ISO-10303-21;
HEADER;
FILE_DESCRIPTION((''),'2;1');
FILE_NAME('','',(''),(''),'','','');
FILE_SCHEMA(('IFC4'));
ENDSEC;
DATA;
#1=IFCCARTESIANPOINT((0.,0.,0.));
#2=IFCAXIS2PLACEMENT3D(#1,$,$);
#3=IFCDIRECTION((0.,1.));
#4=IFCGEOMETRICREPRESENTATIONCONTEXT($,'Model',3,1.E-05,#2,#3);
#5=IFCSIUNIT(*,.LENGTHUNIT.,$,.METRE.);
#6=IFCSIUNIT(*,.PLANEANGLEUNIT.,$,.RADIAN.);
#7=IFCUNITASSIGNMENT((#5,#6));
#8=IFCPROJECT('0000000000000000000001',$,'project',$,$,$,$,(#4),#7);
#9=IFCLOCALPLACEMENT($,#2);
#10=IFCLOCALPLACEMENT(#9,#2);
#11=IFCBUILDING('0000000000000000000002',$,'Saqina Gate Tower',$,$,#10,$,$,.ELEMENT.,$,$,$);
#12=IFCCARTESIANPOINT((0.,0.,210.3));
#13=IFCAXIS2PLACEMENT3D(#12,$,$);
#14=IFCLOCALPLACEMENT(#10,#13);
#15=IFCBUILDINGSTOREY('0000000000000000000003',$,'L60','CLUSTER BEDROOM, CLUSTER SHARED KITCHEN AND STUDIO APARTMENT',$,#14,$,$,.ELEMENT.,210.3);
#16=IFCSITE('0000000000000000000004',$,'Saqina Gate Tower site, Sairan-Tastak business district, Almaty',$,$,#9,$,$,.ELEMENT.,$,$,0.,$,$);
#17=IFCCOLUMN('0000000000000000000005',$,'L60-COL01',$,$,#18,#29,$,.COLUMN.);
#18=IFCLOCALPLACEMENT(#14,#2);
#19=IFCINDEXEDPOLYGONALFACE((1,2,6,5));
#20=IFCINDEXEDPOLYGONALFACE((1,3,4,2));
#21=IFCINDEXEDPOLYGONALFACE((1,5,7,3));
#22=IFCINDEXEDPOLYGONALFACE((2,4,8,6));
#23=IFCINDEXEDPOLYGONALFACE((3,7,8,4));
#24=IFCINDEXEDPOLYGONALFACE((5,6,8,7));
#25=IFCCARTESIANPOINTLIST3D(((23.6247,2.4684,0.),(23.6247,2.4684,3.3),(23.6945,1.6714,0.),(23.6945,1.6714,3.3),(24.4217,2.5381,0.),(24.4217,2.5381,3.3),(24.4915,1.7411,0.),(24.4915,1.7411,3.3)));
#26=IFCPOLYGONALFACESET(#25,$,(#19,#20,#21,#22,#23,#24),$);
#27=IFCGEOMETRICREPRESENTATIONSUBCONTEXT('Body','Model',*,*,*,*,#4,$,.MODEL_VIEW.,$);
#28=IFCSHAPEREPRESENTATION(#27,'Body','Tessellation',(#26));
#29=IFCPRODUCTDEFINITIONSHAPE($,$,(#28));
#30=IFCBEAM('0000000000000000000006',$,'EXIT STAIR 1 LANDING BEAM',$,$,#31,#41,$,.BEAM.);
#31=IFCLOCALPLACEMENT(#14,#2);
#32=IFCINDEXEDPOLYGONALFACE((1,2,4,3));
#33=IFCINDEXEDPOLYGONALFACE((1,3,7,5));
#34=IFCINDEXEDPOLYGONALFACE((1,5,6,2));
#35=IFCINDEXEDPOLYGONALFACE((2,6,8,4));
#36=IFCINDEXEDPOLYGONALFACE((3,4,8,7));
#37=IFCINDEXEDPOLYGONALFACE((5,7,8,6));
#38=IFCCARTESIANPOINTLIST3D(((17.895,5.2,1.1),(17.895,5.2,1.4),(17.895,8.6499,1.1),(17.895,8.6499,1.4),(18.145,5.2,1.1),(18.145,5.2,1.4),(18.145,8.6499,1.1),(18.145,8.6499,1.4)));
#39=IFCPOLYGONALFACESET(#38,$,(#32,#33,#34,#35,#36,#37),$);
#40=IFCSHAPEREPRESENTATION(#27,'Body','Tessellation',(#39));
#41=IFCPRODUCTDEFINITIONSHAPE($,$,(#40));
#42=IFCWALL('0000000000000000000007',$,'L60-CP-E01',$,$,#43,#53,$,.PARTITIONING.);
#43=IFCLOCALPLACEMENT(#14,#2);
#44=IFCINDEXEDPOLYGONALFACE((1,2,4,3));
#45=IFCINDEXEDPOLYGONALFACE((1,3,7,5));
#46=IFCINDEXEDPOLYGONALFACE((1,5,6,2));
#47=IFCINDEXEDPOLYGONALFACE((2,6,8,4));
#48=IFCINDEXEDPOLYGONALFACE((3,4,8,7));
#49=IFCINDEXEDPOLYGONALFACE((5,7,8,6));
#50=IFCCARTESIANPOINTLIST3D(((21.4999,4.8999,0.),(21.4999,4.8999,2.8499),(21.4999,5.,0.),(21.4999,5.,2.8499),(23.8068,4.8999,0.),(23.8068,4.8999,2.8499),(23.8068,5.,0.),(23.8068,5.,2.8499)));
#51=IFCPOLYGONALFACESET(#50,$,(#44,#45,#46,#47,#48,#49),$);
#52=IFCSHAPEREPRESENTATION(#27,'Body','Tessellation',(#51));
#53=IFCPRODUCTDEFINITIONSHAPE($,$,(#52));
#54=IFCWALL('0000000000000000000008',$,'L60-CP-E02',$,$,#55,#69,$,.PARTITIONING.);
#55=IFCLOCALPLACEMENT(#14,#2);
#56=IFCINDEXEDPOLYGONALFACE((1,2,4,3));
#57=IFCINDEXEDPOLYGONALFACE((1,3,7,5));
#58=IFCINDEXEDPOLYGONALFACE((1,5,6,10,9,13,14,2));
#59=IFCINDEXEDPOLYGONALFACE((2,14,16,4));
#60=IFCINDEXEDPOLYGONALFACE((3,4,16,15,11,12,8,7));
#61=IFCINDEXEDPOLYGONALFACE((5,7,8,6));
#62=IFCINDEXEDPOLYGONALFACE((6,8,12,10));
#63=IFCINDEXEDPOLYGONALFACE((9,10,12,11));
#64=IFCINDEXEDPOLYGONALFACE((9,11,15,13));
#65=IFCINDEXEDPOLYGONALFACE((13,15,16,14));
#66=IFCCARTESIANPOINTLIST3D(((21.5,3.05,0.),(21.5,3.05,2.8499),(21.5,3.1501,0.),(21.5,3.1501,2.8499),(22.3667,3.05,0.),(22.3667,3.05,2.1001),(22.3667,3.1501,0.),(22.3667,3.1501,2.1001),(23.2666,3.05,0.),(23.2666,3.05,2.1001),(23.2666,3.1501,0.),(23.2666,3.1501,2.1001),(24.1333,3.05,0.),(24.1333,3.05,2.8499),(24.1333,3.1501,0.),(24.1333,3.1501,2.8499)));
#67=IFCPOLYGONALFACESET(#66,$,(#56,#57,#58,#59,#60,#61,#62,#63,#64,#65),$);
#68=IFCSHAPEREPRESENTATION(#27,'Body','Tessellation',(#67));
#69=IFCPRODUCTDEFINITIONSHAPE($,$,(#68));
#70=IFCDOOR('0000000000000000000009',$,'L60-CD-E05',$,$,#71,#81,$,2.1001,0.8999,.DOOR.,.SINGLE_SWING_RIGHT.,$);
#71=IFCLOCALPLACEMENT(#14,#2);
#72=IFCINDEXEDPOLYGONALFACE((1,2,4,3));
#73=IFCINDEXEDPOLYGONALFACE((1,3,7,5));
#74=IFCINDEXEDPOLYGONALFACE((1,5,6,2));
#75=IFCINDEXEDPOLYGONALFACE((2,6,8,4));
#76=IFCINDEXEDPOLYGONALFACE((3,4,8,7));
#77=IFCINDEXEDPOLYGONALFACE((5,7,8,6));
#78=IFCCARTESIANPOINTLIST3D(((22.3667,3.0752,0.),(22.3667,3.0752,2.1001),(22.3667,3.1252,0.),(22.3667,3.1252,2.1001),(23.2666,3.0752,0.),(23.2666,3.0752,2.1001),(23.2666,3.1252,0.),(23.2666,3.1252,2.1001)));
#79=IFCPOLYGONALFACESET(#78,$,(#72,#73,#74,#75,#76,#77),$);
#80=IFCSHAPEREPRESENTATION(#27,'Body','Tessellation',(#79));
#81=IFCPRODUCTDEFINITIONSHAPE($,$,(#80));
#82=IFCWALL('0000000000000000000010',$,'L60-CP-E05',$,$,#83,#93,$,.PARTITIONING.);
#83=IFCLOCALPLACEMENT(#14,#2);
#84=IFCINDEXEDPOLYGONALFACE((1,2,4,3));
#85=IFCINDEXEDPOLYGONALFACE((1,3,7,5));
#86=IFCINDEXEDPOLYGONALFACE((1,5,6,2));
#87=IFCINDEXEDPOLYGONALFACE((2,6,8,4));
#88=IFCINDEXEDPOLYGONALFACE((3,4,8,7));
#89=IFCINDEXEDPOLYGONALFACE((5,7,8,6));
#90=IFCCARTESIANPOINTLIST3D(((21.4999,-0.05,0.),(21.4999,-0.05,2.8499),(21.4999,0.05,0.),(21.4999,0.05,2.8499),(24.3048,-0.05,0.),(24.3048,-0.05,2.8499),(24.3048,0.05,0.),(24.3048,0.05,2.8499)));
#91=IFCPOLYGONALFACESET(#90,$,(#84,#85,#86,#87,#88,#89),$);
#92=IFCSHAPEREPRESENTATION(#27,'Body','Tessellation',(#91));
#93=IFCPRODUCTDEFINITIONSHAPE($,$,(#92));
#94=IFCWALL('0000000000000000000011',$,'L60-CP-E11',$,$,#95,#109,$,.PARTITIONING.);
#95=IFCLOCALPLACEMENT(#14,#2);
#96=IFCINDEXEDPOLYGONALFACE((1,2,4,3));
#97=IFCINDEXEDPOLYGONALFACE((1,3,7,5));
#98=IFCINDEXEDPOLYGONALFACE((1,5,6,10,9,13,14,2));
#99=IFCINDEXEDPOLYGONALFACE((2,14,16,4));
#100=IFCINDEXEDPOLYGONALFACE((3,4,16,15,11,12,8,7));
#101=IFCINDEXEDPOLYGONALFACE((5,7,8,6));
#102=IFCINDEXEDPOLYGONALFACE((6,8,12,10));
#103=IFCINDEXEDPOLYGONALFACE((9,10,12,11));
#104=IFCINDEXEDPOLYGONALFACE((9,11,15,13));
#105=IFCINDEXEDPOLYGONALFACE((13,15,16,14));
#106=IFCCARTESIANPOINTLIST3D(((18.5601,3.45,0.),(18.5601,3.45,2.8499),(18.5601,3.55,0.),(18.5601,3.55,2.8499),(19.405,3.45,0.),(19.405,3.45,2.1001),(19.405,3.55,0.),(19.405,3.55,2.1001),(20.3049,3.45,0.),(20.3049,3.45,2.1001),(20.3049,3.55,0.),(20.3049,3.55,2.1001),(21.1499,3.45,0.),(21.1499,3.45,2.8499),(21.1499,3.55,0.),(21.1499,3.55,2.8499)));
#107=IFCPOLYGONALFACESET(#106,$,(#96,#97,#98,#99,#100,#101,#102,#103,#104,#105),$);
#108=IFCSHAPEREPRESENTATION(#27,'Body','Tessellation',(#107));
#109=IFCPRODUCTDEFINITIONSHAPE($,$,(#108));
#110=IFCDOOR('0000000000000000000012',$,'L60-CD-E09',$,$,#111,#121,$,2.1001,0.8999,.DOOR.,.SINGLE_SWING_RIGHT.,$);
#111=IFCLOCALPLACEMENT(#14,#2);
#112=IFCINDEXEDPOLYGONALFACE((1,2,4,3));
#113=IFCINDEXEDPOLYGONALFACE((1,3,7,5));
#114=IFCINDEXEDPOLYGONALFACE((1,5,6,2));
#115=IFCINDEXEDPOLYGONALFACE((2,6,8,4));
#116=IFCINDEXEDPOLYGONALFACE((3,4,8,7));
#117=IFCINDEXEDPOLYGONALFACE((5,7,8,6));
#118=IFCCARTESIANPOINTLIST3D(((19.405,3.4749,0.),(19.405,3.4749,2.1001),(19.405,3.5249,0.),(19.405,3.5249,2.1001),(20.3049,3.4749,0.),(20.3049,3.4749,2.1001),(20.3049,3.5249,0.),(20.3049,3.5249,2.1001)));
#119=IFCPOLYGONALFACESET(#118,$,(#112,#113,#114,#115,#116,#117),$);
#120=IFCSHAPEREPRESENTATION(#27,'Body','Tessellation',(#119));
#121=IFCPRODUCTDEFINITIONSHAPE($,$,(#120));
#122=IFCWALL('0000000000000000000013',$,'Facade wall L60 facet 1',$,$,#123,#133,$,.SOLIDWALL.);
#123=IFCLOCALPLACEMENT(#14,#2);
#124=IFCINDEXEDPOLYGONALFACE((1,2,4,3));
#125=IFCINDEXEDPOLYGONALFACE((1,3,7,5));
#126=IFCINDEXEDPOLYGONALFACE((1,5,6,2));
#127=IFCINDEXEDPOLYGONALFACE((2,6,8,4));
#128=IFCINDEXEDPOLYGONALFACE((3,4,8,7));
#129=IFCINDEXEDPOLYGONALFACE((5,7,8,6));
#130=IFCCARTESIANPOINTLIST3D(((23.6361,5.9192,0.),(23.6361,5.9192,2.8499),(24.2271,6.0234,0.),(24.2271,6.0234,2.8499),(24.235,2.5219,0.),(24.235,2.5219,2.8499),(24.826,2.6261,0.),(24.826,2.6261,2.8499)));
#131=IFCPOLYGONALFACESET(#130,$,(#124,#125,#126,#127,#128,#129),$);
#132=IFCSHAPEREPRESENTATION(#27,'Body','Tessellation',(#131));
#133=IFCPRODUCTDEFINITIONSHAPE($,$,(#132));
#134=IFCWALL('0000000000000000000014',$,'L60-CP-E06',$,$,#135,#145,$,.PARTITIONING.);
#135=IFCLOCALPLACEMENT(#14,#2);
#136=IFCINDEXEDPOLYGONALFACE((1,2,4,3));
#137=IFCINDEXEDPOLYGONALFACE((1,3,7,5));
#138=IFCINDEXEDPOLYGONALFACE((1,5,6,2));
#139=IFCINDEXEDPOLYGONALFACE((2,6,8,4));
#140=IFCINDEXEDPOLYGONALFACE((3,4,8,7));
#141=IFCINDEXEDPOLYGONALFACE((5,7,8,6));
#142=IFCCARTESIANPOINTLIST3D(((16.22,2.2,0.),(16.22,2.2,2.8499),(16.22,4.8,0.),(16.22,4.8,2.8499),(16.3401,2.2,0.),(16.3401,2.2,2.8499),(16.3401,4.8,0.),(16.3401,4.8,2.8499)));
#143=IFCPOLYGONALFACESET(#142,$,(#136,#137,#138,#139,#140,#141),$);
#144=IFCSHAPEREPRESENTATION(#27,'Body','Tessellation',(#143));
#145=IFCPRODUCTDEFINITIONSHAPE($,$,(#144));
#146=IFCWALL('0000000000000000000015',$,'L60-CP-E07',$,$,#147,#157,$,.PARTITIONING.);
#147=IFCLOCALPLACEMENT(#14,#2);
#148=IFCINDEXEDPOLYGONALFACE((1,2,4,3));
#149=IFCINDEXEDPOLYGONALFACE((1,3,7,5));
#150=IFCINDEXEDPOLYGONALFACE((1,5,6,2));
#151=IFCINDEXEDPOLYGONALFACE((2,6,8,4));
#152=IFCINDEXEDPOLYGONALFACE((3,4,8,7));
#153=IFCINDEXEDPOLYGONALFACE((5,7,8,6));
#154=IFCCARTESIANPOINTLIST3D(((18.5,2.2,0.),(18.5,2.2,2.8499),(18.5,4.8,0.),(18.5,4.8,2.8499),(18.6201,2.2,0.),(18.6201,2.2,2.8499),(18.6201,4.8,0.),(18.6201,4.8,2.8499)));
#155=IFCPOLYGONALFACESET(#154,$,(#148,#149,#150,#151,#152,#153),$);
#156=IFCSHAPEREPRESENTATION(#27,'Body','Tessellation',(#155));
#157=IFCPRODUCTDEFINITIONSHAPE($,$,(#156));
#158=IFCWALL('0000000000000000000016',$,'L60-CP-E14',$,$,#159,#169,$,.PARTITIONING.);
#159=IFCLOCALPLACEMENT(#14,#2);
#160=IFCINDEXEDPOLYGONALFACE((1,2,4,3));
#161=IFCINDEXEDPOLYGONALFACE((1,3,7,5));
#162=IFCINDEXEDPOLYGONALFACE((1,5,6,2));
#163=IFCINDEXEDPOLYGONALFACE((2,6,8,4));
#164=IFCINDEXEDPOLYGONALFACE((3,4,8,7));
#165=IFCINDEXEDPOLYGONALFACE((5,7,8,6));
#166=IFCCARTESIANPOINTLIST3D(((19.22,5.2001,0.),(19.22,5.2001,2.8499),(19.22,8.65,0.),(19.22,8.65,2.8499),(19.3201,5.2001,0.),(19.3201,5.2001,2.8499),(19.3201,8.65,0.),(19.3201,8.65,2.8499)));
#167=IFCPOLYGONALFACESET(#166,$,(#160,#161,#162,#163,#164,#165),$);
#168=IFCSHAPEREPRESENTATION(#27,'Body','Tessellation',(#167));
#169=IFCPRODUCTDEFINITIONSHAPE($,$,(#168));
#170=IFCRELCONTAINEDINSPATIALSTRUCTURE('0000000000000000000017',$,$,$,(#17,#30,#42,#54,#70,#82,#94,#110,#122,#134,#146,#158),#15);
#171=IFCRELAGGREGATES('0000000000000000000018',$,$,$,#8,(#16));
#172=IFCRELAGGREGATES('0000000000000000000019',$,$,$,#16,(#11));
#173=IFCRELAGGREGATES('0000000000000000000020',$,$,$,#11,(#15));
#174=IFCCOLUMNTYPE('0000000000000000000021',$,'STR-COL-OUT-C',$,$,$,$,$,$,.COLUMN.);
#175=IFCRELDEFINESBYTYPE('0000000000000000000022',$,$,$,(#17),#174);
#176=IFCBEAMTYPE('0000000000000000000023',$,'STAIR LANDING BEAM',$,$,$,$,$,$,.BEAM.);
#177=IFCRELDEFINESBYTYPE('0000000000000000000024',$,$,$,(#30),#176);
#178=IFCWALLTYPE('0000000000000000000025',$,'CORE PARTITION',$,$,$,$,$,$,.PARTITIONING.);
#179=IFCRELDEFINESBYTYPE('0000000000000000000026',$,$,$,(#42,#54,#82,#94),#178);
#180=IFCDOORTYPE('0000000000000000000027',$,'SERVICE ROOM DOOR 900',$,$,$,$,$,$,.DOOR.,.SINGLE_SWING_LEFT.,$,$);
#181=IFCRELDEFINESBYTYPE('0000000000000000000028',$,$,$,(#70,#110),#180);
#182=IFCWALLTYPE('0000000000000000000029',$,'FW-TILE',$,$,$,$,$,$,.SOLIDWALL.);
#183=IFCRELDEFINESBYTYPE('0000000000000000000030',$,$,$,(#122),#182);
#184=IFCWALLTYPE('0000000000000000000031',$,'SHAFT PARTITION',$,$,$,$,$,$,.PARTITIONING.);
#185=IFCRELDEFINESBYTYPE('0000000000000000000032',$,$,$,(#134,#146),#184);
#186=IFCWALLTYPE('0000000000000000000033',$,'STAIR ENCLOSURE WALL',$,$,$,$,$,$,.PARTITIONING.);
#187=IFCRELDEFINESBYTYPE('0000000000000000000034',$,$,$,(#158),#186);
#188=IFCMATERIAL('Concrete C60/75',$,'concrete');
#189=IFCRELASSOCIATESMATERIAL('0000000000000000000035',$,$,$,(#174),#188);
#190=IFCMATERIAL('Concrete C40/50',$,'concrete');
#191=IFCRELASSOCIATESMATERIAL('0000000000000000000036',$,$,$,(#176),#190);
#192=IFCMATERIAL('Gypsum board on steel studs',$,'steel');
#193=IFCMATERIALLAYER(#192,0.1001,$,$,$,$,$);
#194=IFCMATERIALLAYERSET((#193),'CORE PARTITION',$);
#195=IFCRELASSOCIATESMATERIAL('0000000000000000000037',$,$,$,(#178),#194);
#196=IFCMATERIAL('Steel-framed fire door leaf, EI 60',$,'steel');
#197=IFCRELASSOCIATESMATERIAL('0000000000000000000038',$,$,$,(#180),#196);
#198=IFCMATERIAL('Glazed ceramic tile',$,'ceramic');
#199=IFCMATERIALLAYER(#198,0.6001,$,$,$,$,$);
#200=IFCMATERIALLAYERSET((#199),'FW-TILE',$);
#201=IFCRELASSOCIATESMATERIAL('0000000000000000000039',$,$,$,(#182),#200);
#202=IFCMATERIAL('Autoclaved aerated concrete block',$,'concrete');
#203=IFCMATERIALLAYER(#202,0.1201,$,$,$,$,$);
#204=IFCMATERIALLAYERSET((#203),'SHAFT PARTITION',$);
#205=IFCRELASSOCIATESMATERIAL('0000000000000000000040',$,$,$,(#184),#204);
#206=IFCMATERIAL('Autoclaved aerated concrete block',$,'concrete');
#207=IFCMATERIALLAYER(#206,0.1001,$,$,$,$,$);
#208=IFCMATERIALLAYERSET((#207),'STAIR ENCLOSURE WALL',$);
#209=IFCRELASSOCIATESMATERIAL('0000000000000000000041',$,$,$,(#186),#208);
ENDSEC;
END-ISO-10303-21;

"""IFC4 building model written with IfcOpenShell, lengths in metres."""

from ifc_helpers import new_model, si_unit, direction, frame, frame_2d, origin, origin_2d, place, context, subcontext, project, spatial, rectangle, extrude, material, layer, layer_set, material_profile, profile_set, type_object, element, fill, save


model = new_model("IFC4")

# Units and contexts
model_context = context("Model", 3, precision=1e-05, world=origin(), true_north=direction((0.0, 1.0)))
body_context = subcontext(model_context, "Body", "Model", "MODEL_VIEW")
ifc_project = project(units=[si_unit("LENGTHUNIT", "METRE"), si_unit("PLANEANGLEUNIT", "RADIAN")], contexts=[model_context])

# Site, building, storey
site_placement = place(None, origin())
site = spatial("IfcSite", under=ifc_project, at=site_placement, Name="Saqina Gate Tower site, Sairan-Tastak business district, Almaty", CompositionType="ELEMENT", RefElevation=0.0)
building_placement = place(site_placement, origin())
building = spatial("IfcBuilding", under=site, at=building_placement, Name="Saqina Gate Tower", CompositionType="ELEMENT")
storey_placement = place(building_placement, frame((0.0, 0.0, 210.3)))
storey = spatial("IfcBuildingStorey", under=building, at=storey_placement, Name="L60", Description="CLUSTER BEDROOM, CLUSTER SHARED KITCHEN AND STUDIO APARTMENT", CompositionType="ELEMENT", Elevation=210.3)

# Column
ifc_material_1 = material(Name="Concrete C60/75", Category="concrete")
ifc_material_profile_1 = material_profile(ifc_material_1, rectangle(XDim=0.8, YDim=0.8, at=origin_2d()), Name="RC 800x800")
ifc_profile_set_1 = profile_set([ifc_material_profile_1], Name="Concrete C60/75")
column_type = type_object("IfcColumnType", Name="STR-COL-OUT-C", PredefinedType="COLUMN", material=ifc_profile_set_1)
column_placement = place(storey_placement, frame((24.0581, 2.1047, 0.0), z_axis=(0.0, 0.0, 1.0), x_axis=(0.996195, 0.087156, 0.0)))
element("IfcColumn", 1, at=column_placement, inside=storey, type_object=column_type, Name="L60-COL01", PredefinedType="COLUMN", context=body_context, shape_type="SweptSolid", body=[
    extrude(rectangle(XDim=0.8, YDim=0.8, at=origin_2d()), origin(), (0.0, 0.0, 1.0), 3.3),
])

# Beam
ifc_material_2 = material(Name="Concrete C40/50", Category="concrete")
ifc_material_profile_2 = material_profile(ifc_material_2, rectangle(XDim=0.25, YDim=0.3, at=origin_2d()), Name="STAIR LANDING BEAM")
ifc_profile_set_2 = profile_set([ifc_material_profile_2], Name="Concrete C40/50")
beam_type = type_object("IfcBeamType", Name="STAIR LANDING BEAM", PredefinedType="BEAM", material=ifc_profile_set_2)
beam_placement = place(storey_placement, frame((18.02, 5.2, 1.25), z_axis=(0.0, 1.0, 0.0), x_axis=(-1.0, 0.0, 0.0)))
element("IfcBeam", 2, at=beam_placement, inside=storey, type_object=beam_type, Name="EXIT STAIR 1 LANDING BEAM", PredefinedType="BEAM", context=body_context, shape_type="SweptSolid", body=[
    extrude(rectangle(XDim=0.25, YDim=0.3, at=origin_2d()), origin(), (0.0, 0.0, 1.0), 3.45),
])

# Wall
ifc_material_3 = material(Name="Gypsum board on steel studs", Category="steel")
ifc_layer_1 = layer(ifc_material_3, 0.1001)
ifc_layer_set_1 = layer_set([ifc_layer_1], Name="CORE PARTITION")
wall_type_1 = type_object("IfcWallType", Name="CORE PARTITION", PredefinedType="PARTITIONING", material=ifc_layer_set_1)
wall_1_placement = place(storey_placement, frame((21.5, 4.95, 0.0), z_axis=(0.0, 0.0, 1.0), x_axis=(1.0, 0.0, 0.0)))
element("IfcWall", 3, at=wall_1_placement, inside=storey, type_object=wall_type_1, Name="L60-CP-E01", PredefinedType="PARTITIONING", context=body_context, shape_type="SweptSolid", body=[
    extrude(rectangle(XDim=2.3069, YDim=0.1001, at=frame_2d((1.1533, 0.0))), origin(), (0.0, 0.0, 1.0), 2.8499),
])

# Wall, opening, door
wall_2_placement = place(storey_placement, frame((21.5, 3.1001, 0.0), z_axis=(0.0, 0.0, 1.0), x_axis=(1.0, 0.0, 0.0)))
wall_2 = element("IfcWall", 4, at=wall_2_placement, inside=storey, type_object=wall_type_1, Name="L60-CP-E02", PredefinedType="PARTITIONING", context=body_context, shape_type="SweptSolid", body=[
    extrude(rectangle(XDim=2.6333, YDim=0.1001, at=frame_2d((1.3167, 0.0))), origin(), (0.0, 0.0, 1.0), 2.8499),
])
opening_1_placement = place(wall_2_placement, frame((0.8667, 0.0, 0.0)))
opening_1 = element("IfcOpeningElement", 5, at=opening_1_placement, cuts=wall_2, PredefinedType="OPENING", context=body_context, shape_type="SweptSolid", body=[
    extrude(rectangle(XDim=0.8999, YDim=2.1001, at=frame_2d((0.45, 1.05))), frame((0.0, 0.062, 0.0), z_axis=(0.0, -1.0, 0.0), x_axis=(1.0, 0.0, 0.0)), (0.0, 0.0, 1.0), 0.124),
])
ifc_material_4 = material(Name="Steel-framed fire door leaf, EI 60", Category="steel")
door_type_1 = type_object("IfcDoorType", Name="SERVICE ROOM DOOR 900", OperationType="SINGLE_SWING_LEFT", PredefinedType="DOOR", material=ifc_material_4)
door_1_placement = place(opening_1_placement, frame((0.8999, 0.0, 0.0), z_axis=(0.0, 0.0, 1.0), x_axis=(-1.0, 0.0, 0.0)))
door_1 = element("IfcDoor", 6, at=door_1_placement, inside=storey, type_object=door_type_1, Name="L60-CD-E05", OperationType="SINGLE_SWING_RIGHT", OverallHeight=2.1001, OverallWidth=0.8999, PredefinedType="DOOR", context=body_context, shape_type="SweptSolid", body=[
    extrude(rectangle(XDim=0.8999, YDim=2.1001, at=frame_2d((0.45, 1.05))), frame((0.0, 0.0249, 0.0), z_axis=(0.0, -1.0, 0.0), x_axis=(1.0, 0.0, 0.0)), (0.0, 0.0, 1.0), 0.05),
])
fill(opening_1, door_1)

# Wall
wall_3_placement = place(storey_placement, frame((21.5, 0.0, 0.0), z_axis=(0.0, 0.0, 1.0), x_axis=(1.0, 0.0, 0.0)))
element("IfcWall", 7, at=wall_3_placement, inside=storey, type_object=wall_type_1, Name="L60-CP-E05", PredefinedType="PARTITIONING", context=body_context, shape_type="SweptSolid", body=[
    extrude(rectangle(XDim=2.8049, YDim=0.1001, at=frame_2d((1.4023, 0.0))), origin(), (0.0, 0.0, 1.0), 2.8499),
])

# Wall, opening, door
wall_4_placement = place(storey_placement, frame((18.5601, 3.5, 0.0), z_axis=(0.0, 0.0, 1.0), x_axis=(1.0, 0.0, 0.0)))
wall_4 = element("IfcWall", 8, at=wall_4_placement, inside=storey, type_object=wall_type_1, Name="L60-CP-E11", PredefinedType="PARTITIONING", context=body_context, shape_type="SweptSolid", body=[
    extrude(rectangle(XDim=2.5898, YDim=0.1001, at=frame_2d((1.2949, 0.0))), origin(), (0.0, 0.0, 1.0), 2.8499),
])
opening_2_placement = place(wall_4_placement, frame((0.845, 0.0, 0.0)))
opening_2 = element("IfcOpeningElement", 9, at=opening_2_placement, cuts=wall_4, PredefinedType="OPENING", context=body_context, shape_type="SweptSolid", body=[
    extrude(rectangle(XDim=0.8999, YDim=2.1001, at=frame_2d((0.45, 1.05))), frame((0.0, 0.062, 0.0), z_axis=(0.0, -1.0, 0.0), x_axis=(1.0, 0.0, 0.0)), (0.0, 0.0, 1.0), 0.124),
])
door_2_placement = place(opening_2_placement, origin())
door_2 = element("IfcDoor", 10, at=door_2_placement, inside=storey, type_object=door_type_1, Name="L60-CD-E09", OperationType="SINGLE_SWING_RIGHT", OverallHeight=2.1001, OverallWidth=0.8999, PredefinedType="DOOR", context=body_context, shape_type="SweptSolid", body=[
    extrude(rectangle(XDim=0.8999, YDim=2.1001, at=frame_2d((0.45, 1.05))), frame((0.0, 0.0249, 0.0), z_axis=(0.0, -1.0, 0.0), x_axis=(1.0, 0.0, 0.0)), (0.0, 0.0, 1.0), 0.05),
])
fill(opening_2, door_2)

# Walls
ifc_material_5 = material(Name="Glazed ceramic tile", Category="ceramic")
ifc_layer_2 = layer(ifc_material_5, 0.6001)
ifc_layer_set_2 = layer_set([ifc_layer_2], Name="FW-TILE")
wall_type_2 = type_object("IfcWallType", Name="FW-TILE", PredefinedType="SOLIDWALL", material=ifc_layer_set_2)
wall_5_placement = place(storey_placement, frame((24.5305, 2.574, 0.0), z_axis=(0.0, 0.0, 1.0), x_axis=(-0.173608, 0.984815, 0.0)))
element("IfcWall", 11, at=wall_5_placement, inside=storey, type_object=wall_type_2, Name="Facade wall L60 facet 1", PredefinedType="SOLIDWALL", context=body_context, shape_type="SweptSolid", body=[
    extrude(rectangle(XDim=3.4497, YDim=0.6001, at=frame_2d((1.7249, 0.0))), origin(), (0.0, 0.0, 1.0), 2.8499),
])
ifc_material_6 = material(Name="Autoclaved aerated concrete block", Category="concrete")
ifc_layer_3 = layer(ifc_material_6, 0.1201)
ifc_layer_set_3 = layer_set([ifc_layer_3], Name="SHAFT PARTITION")
wall_type_3 = type_object("IfcWallType", Name="SHAFT PARTITION", PredefinedType="PARTITIONING", material=ifc_layer_set_3)
for number, where, z_axis, x_axis, name in (
    (12, (16.28, 2.2, 0.0), (0.0, 0.0, 1.0), (0.0, 1.0, 0.0), "L60-CP-E06"),
    (13, (18.5601, 2.2, 0.0), (0.0, 0.0, 1.0), (0.0, 1.0, 0.0), "L60-CP-E07"),
):
    element("IfcWall", number, at=place(storey_placement, frame(where, z_axis=z_axis, x_axis=x_axis)), inside=storey, type_object=wall_type_3, Name=name, PredefinedType="PARTITIONING", context=body_context, shape_type="SweptSolid", body=[
        extrude(rectangle(XDim=2.6001, YDim=0.1201, at=frame_2d((1.3, 0.0))), origin(), (0.0, 0.0, 1.0), 2.8499),
    ])
ifc_material_7 = material(Name="Autoclaved aerated concrete block", Category="concrete")
ifc_layer_4 = layer(ifc_material_7, 0.1001)
ifc_layer_set_4 = layer_set([ifc_layer_4], Name="STAIR ENCLOSURE WALL")
wall_type_4 = type_object("IfcWallType", Name="STAIR ENCLOSURE WALL", PredefinedType="PARTITIONING", material=ifc_layer_set_4)
wall_6_placement = place(storey_placement, frame((19.27, 5.2, 0.0), z_axis=(0.0, 0.0, 1.0), x_axis=(0.0, 1.0, 0.0)))
element("IfcWall", 14, at=wall_6_placement, inside=storey, type_object=wall_type_4, Name="L60-CP-E14", PredefinedType="PARTITIONING", context=body_context, shape_type="SweptSolid", body=[
    extrude(rectangle(XDim=3.45, YDim=0.1001, at=frame_2d((1.7251, 0.0))), origin(), (0.0, 0.0, 1.0), 2.8499),
])

save(model, "model.ifc")
